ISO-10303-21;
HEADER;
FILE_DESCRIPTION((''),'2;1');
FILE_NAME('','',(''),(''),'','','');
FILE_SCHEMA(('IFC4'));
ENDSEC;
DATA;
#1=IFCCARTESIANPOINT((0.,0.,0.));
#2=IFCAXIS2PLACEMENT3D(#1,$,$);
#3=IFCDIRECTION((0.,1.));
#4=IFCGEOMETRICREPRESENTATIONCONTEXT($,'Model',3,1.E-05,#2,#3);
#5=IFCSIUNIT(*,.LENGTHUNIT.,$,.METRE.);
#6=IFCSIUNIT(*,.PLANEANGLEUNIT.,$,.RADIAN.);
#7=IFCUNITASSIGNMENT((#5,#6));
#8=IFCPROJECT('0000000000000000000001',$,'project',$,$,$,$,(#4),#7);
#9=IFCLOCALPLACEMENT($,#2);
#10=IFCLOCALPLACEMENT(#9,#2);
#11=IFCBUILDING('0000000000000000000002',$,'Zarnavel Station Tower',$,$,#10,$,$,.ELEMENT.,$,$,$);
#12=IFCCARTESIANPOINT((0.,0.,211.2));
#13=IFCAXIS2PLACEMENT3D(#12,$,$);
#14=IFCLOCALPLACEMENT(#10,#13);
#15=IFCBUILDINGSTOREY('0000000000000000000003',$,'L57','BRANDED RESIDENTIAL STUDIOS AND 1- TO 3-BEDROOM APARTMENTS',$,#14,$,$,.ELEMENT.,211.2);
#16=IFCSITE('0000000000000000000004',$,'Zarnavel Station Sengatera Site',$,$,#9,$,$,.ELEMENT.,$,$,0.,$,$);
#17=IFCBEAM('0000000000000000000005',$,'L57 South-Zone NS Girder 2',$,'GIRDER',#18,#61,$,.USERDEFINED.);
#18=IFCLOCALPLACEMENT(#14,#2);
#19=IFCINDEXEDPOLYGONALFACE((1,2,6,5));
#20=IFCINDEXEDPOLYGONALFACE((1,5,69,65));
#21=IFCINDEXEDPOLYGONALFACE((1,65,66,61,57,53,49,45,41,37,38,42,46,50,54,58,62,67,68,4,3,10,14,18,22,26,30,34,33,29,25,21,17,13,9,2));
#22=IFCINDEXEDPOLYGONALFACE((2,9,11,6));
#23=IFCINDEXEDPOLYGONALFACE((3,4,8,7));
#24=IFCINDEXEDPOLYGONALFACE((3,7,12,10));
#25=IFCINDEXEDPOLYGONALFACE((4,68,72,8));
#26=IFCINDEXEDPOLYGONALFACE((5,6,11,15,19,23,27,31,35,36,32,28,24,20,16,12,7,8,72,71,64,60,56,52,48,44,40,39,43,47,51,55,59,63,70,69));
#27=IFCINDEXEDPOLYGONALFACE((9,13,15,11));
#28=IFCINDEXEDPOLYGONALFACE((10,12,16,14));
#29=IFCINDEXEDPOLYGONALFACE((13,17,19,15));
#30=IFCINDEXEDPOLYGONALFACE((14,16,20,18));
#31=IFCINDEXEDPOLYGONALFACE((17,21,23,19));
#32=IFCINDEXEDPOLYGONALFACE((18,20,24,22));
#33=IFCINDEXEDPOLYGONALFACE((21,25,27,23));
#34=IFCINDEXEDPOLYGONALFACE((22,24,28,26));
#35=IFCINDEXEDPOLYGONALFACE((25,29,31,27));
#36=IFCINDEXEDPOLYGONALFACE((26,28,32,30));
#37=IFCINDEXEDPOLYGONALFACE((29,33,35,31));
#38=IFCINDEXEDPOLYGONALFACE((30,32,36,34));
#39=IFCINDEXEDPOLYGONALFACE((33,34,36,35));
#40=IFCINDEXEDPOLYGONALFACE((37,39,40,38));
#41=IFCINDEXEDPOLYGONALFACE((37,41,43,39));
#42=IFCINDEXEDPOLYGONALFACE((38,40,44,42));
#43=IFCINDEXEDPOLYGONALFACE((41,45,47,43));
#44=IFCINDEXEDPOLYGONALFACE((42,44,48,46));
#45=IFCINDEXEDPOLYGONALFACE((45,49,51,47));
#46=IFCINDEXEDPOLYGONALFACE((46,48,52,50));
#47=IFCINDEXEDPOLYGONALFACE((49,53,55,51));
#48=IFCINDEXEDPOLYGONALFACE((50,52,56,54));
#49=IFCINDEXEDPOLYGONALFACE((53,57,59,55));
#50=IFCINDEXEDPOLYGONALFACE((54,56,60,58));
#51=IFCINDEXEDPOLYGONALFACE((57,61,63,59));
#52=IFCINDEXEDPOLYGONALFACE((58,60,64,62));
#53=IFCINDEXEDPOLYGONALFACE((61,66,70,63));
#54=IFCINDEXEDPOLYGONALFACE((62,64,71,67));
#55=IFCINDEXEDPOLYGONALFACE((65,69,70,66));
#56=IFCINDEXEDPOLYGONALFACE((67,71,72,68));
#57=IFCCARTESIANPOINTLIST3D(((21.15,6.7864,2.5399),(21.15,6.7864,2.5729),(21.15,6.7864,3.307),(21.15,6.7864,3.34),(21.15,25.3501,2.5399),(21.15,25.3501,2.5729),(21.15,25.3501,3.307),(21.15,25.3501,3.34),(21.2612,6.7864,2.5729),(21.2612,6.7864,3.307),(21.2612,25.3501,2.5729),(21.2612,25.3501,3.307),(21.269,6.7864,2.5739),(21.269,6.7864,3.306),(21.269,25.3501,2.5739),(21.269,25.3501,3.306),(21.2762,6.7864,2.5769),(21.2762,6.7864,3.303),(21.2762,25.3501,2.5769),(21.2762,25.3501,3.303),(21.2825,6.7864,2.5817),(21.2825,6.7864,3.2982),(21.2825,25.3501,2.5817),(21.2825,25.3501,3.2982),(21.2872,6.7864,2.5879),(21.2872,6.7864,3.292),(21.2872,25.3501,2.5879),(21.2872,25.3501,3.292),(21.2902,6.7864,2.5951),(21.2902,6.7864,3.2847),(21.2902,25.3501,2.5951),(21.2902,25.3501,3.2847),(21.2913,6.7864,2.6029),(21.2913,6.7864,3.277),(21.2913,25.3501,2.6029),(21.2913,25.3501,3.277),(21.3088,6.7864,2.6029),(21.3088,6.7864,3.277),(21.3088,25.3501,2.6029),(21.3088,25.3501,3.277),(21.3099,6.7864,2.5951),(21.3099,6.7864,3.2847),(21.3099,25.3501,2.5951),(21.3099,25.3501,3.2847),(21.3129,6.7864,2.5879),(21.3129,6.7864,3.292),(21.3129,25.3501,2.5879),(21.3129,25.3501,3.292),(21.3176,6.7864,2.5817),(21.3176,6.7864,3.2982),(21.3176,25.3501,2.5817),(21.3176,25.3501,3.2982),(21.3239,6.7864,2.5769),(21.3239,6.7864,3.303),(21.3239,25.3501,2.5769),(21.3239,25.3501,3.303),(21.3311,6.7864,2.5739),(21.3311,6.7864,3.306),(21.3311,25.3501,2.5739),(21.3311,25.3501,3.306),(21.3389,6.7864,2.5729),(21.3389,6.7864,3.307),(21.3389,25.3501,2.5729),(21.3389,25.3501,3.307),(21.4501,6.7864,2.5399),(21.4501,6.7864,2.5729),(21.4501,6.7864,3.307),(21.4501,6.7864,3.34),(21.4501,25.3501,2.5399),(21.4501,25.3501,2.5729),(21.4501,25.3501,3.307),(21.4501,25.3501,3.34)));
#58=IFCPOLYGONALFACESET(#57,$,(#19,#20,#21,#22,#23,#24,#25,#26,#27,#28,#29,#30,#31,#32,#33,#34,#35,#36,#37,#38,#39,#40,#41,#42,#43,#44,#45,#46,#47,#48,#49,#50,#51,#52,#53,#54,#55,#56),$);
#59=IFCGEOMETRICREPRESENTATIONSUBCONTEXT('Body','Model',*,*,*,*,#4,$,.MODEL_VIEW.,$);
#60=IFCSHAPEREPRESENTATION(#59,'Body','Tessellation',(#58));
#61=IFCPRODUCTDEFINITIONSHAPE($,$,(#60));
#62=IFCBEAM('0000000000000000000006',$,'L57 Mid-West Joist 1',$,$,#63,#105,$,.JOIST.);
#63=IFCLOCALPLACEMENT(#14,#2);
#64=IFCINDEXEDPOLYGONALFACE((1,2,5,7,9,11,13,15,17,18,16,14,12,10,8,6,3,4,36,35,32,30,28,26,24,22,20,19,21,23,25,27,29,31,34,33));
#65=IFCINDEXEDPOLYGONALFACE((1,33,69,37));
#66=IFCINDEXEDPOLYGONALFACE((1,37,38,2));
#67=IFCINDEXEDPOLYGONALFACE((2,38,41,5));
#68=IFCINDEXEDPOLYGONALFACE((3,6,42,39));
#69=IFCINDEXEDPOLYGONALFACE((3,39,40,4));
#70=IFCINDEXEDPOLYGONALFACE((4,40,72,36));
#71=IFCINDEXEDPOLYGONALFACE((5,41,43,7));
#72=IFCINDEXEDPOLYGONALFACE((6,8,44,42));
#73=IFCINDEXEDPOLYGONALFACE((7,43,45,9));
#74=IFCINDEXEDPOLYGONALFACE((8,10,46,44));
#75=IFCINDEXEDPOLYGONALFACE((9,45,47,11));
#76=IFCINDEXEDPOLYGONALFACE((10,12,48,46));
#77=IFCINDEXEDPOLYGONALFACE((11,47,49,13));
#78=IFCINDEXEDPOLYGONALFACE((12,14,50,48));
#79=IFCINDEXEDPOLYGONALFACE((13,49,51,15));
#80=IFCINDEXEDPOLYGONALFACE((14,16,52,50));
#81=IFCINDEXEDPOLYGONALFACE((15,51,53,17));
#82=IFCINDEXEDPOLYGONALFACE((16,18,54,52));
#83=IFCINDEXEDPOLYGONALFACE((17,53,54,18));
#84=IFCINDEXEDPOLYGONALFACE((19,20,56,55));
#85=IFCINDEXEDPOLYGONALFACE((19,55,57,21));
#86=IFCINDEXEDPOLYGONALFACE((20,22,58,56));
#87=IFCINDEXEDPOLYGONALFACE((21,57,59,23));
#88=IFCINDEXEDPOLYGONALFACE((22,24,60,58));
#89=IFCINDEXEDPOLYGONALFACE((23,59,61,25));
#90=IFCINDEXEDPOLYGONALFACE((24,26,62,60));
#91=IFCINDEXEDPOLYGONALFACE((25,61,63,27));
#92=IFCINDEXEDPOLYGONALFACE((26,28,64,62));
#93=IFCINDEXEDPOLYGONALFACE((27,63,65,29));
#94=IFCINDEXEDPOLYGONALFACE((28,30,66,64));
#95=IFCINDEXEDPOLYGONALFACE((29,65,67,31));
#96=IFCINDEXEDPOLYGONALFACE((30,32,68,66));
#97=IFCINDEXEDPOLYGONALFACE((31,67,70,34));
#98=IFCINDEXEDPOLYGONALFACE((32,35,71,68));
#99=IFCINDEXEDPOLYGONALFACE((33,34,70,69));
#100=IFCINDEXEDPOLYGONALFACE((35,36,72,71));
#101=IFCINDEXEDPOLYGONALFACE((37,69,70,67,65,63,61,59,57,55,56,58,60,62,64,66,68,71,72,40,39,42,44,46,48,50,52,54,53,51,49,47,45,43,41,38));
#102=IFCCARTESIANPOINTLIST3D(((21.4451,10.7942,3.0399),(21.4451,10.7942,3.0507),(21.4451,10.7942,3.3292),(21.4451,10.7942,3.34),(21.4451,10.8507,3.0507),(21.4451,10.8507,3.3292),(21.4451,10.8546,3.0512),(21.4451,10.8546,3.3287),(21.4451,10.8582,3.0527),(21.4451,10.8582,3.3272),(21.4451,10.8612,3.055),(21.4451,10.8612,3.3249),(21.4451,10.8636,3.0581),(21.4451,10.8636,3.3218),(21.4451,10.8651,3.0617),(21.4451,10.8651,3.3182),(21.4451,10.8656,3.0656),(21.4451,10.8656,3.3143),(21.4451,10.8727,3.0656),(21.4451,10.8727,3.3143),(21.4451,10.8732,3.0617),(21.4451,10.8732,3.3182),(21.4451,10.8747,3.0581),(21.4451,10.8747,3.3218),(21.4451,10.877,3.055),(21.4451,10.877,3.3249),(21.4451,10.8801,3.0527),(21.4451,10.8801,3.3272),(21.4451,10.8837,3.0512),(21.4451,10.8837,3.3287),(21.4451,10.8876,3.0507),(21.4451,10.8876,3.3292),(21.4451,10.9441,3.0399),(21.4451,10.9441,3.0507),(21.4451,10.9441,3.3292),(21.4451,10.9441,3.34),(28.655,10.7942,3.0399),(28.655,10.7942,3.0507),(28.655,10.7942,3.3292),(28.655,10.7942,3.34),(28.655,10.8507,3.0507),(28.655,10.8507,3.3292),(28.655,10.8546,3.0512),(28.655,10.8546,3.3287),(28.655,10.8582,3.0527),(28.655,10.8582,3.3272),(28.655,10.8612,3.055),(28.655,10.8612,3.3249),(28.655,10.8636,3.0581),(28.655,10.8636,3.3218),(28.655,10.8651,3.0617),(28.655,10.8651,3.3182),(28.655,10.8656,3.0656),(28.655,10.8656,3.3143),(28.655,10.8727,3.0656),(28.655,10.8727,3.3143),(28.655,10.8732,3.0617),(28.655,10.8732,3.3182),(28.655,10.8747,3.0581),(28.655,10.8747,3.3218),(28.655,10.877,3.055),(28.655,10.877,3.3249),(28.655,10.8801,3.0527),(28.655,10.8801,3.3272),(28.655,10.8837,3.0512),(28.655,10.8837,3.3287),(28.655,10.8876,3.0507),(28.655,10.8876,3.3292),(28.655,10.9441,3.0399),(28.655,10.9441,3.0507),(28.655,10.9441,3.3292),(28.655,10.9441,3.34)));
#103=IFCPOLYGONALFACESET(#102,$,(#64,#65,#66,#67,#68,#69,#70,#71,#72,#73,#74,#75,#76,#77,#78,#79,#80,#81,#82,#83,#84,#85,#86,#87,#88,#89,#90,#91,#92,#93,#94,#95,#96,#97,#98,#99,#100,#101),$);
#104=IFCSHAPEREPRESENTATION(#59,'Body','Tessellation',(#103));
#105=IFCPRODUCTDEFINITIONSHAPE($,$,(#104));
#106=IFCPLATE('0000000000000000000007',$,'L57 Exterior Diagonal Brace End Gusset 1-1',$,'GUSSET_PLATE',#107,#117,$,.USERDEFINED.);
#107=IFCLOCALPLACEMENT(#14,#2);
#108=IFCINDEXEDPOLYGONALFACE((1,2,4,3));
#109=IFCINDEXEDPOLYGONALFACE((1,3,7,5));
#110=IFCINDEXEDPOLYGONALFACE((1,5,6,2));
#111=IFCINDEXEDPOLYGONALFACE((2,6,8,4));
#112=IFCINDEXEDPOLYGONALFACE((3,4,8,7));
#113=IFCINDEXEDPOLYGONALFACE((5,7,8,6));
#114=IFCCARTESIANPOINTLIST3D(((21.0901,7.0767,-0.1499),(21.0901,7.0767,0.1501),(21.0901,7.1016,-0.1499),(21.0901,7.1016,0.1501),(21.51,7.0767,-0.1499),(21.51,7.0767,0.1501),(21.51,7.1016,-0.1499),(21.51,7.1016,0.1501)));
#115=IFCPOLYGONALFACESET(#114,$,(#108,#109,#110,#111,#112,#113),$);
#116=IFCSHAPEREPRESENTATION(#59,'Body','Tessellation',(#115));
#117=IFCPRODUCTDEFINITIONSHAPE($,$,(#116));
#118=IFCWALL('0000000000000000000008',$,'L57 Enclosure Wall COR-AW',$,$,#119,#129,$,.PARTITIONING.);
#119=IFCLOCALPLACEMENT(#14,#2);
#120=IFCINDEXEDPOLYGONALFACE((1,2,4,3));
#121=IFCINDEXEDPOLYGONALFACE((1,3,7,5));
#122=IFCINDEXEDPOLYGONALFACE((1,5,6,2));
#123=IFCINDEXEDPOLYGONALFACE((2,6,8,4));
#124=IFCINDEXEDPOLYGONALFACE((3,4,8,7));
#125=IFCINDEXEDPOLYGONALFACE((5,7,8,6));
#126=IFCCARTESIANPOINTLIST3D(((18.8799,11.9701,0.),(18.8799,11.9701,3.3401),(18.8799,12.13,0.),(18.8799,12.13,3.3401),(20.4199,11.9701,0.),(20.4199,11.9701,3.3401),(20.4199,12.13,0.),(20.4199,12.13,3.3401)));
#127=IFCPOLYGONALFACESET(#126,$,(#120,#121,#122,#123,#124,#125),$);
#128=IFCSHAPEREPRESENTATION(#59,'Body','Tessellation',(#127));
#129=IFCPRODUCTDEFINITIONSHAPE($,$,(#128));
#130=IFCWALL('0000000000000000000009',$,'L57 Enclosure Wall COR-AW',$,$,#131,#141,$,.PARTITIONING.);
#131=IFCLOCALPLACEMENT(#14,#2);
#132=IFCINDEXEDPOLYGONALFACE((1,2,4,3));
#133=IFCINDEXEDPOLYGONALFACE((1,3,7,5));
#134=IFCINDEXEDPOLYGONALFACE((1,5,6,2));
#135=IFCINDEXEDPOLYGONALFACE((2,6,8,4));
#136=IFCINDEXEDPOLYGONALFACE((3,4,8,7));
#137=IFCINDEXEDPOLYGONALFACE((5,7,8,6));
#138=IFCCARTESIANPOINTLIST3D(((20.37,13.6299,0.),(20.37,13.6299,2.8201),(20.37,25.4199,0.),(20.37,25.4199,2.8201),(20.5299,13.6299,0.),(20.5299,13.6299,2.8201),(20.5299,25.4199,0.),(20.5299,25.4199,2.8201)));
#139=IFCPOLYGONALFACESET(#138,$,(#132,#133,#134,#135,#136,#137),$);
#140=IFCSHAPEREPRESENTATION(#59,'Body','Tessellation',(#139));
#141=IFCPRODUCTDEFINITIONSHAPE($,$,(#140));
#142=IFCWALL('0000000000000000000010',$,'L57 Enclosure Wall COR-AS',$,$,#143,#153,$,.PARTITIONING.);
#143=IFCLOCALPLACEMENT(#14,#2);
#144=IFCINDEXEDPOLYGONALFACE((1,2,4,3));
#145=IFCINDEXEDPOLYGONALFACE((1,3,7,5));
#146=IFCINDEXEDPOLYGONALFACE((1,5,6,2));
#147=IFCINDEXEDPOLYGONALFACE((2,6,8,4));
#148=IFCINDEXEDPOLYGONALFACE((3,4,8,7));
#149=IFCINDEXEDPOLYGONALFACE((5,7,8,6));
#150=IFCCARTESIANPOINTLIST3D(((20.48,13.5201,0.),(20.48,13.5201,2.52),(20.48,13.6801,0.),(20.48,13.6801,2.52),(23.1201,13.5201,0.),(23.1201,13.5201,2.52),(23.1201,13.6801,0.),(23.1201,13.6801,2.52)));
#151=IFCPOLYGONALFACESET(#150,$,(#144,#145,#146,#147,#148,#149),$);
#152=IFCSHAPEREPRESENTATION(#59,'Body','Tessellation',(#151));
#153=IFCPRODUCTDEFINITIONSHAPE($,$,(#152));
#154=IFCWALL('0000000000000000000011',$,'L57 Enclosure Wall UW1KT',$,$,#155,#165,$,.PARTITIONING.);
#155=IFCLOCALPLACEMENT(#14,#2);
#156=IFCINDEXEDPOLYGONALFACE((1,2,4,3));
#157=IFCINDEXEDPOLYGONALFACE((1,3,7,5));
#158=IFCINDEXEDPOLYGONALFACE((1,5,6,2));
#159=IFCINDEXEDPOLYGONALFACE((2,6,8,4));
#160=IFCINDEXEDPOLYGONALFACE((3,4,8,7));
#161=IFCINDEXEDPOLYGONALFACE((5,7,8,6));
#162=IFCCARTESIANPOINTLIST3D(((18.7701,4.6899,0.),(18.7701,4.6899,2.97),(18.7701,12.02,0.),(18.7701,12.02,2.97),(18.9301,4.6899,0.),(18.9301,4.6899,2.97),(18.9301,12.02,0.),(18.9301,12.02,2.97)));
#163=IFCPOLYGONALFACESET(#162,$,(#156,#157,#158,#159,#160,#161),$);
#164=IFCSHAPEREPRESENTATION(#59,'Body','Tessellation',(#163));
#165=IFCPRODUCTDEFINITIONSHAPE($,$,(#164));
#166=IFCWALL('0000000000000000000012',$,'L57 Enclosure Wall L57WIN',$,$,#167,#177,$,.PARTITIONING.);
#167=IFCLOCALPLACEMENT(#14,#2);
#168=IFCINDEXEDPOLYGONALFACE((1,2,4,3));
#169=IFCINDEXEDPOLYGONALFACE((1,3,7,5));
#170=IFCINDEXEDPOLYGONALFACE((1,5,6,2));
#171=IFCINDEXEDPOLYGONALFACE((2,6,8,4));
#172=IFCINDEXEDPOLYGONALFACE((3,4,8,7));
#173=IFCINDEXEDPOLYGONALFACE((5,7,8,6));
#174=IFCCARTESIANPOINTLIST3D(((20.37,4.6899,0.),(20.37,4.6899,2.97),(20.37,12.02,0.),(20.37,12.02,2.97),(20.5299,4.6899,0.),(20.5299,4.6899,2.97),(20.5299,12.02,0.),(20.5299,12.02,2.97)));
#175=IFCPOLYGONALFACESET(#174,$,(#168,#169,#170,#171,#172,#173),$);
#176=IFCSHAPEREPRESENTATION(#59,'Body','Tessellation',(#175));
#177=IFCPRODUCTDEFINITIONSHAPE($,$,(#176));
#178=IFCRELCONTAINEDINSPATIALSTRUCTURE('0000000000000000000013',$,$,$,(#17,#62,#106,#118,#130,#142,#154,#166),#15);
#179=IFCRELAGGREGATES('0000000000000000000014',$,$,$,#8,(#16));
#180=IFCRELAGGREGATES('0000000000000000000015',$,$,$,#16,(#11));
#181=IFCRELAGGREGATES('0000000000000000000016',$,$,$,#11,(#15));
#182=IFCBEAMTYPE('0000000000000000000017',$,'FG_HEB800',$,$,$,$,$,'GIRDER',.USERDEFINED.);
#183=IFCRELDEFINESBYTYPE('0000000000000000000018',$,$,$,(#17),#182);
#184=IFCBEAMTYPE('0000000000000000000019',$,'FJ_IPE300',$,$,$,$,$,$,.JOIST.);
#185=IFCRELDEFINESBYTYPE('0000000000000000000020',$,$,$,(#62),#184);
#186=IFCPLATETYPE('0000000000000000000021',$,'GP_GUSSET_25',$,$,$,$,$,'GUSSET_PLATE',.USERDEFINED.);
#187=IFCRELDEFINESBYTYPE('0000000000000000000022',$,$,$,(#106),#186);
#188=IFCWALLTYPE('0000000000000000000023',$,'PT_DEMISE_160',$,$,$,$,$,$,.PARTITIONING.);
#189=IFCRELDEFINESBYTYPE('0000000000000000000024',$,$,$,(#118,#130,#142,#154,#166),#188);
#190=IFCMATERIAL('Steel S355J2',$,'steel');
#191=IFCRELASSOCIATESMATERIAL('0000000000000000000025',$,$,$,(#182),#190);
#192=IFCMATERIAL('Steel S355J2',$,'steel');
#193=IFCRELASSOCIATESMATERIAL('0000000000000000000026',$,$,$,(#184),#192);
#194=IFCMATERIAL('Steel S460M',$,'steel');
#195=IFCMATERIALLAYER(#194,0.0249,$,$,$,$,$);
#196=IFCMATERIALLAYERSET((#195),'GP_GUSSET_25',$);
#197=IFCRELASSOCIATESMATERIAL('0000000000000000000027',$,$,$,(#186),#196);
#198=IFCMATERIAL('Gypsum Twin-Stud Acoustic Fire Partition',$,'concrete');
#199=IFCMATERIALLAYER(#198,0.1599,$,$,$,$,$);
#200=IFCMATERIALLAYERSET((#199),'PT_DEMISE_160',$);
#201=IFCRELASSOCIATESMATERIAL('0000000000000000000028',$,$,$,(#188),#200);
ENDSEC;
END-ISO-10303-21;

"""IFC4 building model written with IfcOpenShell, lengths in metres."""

from ifc_helpers import new_model, si_unit, direction, frame, frame_2d, origin, origin_2d, place, context, subcontext, project, spatial, rectangle, i_section, extrude, material, layer, layer_set, material_profile, profile_set, type_object, element, save


model = new_model("IFC4")

# Units and contexts
model_context = context("Model", 3, precision=1e-05, world=origin(), true_north=direction((0.0, 1.0)))
body_context = subcontext(model_context, "Body", "Model", "MODEL_VIEW")
ifc_project = project(units=[si_unit("LENGTHUNIT", "METRE"), si_unit("PLANEANGLEUNIT", "RADIAN")], contexts=[model_context])

# Site, building, storey
site_placement = place(None, origin())
site = spatial("IfcSite", under=ifc_project, at=site_placement, Name="Zarnavel Station Sengatera Site", CompositionType="ELEMENT", RefElevation=0.0)
building_placement = place(site_placement, origin())
building = spatial("IfcBuilding", under=site, at=building_placement, Name="Zarnavel Station Tower", CompositionType="ELEMENT")
storey_placement = place(building_placement, frame((0.0, 0.0, 211.2)))
storey = spatial("IfcBuildingStorey", under=building, at=storey_placement, Name="L57", Description="BRANDED RESIDENTIAL STUDIOS AND 1- TO 3-BEDROOM APARTMENTS", CompositionType="ELEMENT", Elevation=211.2)

# Beams
ifc_material_1 = material(Name="Steel S355J2", Category="steel")
ifc_material_profile_1 = material_profile(ifc_material_1, i_section(OverallWidth=0.3, OverallDepth=0.8, WebThickness=0.0176, FlangeThickness=0.033, FilletRadius=0.03, at=origin_2d()), Name="HEB800")
ifc_profile_set_1 = profile_set([ifc_material_profile_1], Name="Steel S355J2")
beam_type_1 = type_object("IfcBeamType", Name="FG_HEB800", ElementType="GIRDER", PredefinedType="USERDEFINED", material=ifc_profile_set_1)
beam_1_placement = place(storey_placement, frame((21.3, 6.7864, 2.9399), z_axis=(0.0, 1.0, 0.0), x_axis=(-1.0, 0.0, 0.0)))
element("IfcBeam", 1, at=beam_1_placement, inside=storey, type_object=beam_type_1, Name="L57 South-Zone NS Girder 2", ObjectType="GIRDER", PredefinedType="USERDEFINED", context=body_context, shape_type="SweptSolid", body=[
    extrude(i_section(OverallWidth=0.3, OverallDepth=0.8, WebThickness=0.0176, FlangeThickness=0.033, FilletRadius=0.03, at=origin_2d()), origin(), (0.0, 0.0, 1.0), 18.5637),
])
ifc_material_2 = material(Name="Steel S355J2", Category="steel")
ifc_material_profile_2 = material_profile(ifc_material_2, i_section(OverallWidth=0.1499, OverallDepth=0.3, WebThickness=0.0071, FlangeThickness=0.0107, FilletRadius=0.0149, at=origin_2d()), Name="IPE300")
ifc_profile_set_2 = profile_set([ifc_material_profile_2], Name="Steel S355J2")
beam_type_2 = type_object("IfcBeamType", Name="FJ_IPE300", PredefinedType="JOIST", material=ifc_profile_set_2)
beam_2_placement = place(storey_placement, frame((21.4451, 10.8691, 3.1899), z_axis=(1.0, 0.0, 0.0), x_axis=(0.0, 1.0, 0.0)))
element("IfcBeam", 2, at=beam_2_placement, inside=storey, type_object=beam_type_2, Name="L57 Mid-West Joist 1", PredefinedType="JOIST", context=body_context, shape_type="SweptSolid", body=[
    extrude(i_section(OverallWidth=0.1499, OverallDepth=0.3, WebThickness=0.0071, FlangeThickness=0.0107, FilletRadius=0.0149, at=origin_2d()), origin(), (0.0, 0.0, 1.0), 7.21),
])

# Plate
ifc_material_3 = material(Name="Steel S460M", Category="steel")
ifc_layer_1 = layer(ifc_material_3, 0.0249)
ifc_layer_set_1 = layer_set([ifc_layer_1], Name="GP_GUSSET_25")
plate_type = type_object("IfcPlateType", Name="GP_GUSSET_25", ElementType="GUSSET_PLATE", PredefinedType="USERDEFINED", material=ifc_layer_set_1)
plate_placement = place(storey_placement, frame((21.3, 7.0891, -0.1499), z_axis=(0.0, 0.0, 1.0), x_axis=(1.0, 0.0, 0.0)))
element("IfcPlate", 3, at=plate_placement, inside=storey, type_object=plate_type, Name="L57 Exterior Diagonal Brace End Gusset 1-1", ObjectType="GUSSET_PLATE", PredefinedType="USERDEFINED", context=body_context, shape_type="SweptSolid", body=[
    extrude(rectangle(XDim=0.4199, YDim=0.0249, at=origin_2d()), origin(), (0.0, 0.0, 1.0), 0.3),
])

# Walls
ifc_material_4 = material(Name="Gypsum Twin-Stud Acoustic Fire Partition", Category="concrete")
ifc_layer_2 = layer(ifc_material_4, 0.1599)
ifc_layer_set_2 = layer_set([ifc_layer_2], Name="PT_DEMISE_160")
wall_type_1 = type_object("IfcWallType", Name="PT_DEMISE_160", PredefinedType="PARTITIONING", material=ifc_layer_set_2)
wall_1_placement = place(storey_placement, frame((18.8799, 12.05, 0.0), z_axis=(0.0, 0.0, 1.0), x_axis=(1.0, 0.0, 0.0)))
element("IfcWall", 4, at=wall_1_placement, inside=storey, type_object=wall_type_1, Name="L57 Enclosure Wall COR-AW", PredefinedType="PARTITIONING", context=body_context, shape_type="SweptSolid", body=[
    extrude(rectangle(XDim=1.54, YDim=0.1599, at=frame_2d((0.77, 0.0))), origin(), (0.0, 0.0, 1.0), 3.3401),
])
wall_2_placement = place(storey_placement, frame((20.45, 13.6299, 0.0), z_axis=(0.0, 0.0, 1.0), x_axis=(0.0, 1.0, 0.0)))
element("IfcWall", 5, at=wall_2_placement, inside=storey, type_object=wall_type_1, Name="L57 Enclosure Wall COR-AW", PredefinedType="PARTITIONING", context=body_context, shape_type="SweptSolid", body=[
    extrude(rectangle(XDim=11.79, YDim=0.1599, at=frame_2d((5.895, 0.0))), origin(), (0.0, 0.0, 1.0), 2.8201),
])
wall_3_placement = place(storey_placement, frame((20.48, 13.6001, 0.0), z_axis=(0.0, 0.0, 1.0), x_axis=(1.0, 0.0, 0.0)))
element("IfcWall", 6, at=wall_3_placement, inside=storey, type_object=wall_type_1, Name="L57 Enclosure Wall COR-AS", PredefinedType="PARTITIONING", context=body_context, shape_type="SweptSolid", body=[
    extrude(rectangle(XDim=2.6401, YDim=0.1599, at=frame_2d((1.3201, 0.0))), origin(), (0.0, 0.0, 1.0), 2.52),
])
for number, where, z_axis, x_axis, name in (
    (7, (18.8501, 4.6899, 0.0), (0.0, 0.0, 1.0), (0.0, 1.0, 0.0), "L57 Enclosure Wall UW1KT"),
    (8, (20.45, 4.6899, 0.0), (0.0, 0.0, 1.0), (0.0, 1.0, 0.0), "L57 Enclosure Wall L57WIN"),
):
    element("IfcWall", number, at=place(storey_placement, frame(where, z_axis=z_axis, x_axis=x_axis)), inside=storey, type_object=wall_type_1, Name=name, PredefinedType="PARTITIONING", context=body_context, shape_type="SweptSolid", body=[
        extrude(rectangle(XDim=7.3301, YDim=0.1599, at=frame_2d((3.665, 0.0))), origin(), (0.0, 0.0, 1.0), 2.97),
    ])

save(model, "model.ifc")
